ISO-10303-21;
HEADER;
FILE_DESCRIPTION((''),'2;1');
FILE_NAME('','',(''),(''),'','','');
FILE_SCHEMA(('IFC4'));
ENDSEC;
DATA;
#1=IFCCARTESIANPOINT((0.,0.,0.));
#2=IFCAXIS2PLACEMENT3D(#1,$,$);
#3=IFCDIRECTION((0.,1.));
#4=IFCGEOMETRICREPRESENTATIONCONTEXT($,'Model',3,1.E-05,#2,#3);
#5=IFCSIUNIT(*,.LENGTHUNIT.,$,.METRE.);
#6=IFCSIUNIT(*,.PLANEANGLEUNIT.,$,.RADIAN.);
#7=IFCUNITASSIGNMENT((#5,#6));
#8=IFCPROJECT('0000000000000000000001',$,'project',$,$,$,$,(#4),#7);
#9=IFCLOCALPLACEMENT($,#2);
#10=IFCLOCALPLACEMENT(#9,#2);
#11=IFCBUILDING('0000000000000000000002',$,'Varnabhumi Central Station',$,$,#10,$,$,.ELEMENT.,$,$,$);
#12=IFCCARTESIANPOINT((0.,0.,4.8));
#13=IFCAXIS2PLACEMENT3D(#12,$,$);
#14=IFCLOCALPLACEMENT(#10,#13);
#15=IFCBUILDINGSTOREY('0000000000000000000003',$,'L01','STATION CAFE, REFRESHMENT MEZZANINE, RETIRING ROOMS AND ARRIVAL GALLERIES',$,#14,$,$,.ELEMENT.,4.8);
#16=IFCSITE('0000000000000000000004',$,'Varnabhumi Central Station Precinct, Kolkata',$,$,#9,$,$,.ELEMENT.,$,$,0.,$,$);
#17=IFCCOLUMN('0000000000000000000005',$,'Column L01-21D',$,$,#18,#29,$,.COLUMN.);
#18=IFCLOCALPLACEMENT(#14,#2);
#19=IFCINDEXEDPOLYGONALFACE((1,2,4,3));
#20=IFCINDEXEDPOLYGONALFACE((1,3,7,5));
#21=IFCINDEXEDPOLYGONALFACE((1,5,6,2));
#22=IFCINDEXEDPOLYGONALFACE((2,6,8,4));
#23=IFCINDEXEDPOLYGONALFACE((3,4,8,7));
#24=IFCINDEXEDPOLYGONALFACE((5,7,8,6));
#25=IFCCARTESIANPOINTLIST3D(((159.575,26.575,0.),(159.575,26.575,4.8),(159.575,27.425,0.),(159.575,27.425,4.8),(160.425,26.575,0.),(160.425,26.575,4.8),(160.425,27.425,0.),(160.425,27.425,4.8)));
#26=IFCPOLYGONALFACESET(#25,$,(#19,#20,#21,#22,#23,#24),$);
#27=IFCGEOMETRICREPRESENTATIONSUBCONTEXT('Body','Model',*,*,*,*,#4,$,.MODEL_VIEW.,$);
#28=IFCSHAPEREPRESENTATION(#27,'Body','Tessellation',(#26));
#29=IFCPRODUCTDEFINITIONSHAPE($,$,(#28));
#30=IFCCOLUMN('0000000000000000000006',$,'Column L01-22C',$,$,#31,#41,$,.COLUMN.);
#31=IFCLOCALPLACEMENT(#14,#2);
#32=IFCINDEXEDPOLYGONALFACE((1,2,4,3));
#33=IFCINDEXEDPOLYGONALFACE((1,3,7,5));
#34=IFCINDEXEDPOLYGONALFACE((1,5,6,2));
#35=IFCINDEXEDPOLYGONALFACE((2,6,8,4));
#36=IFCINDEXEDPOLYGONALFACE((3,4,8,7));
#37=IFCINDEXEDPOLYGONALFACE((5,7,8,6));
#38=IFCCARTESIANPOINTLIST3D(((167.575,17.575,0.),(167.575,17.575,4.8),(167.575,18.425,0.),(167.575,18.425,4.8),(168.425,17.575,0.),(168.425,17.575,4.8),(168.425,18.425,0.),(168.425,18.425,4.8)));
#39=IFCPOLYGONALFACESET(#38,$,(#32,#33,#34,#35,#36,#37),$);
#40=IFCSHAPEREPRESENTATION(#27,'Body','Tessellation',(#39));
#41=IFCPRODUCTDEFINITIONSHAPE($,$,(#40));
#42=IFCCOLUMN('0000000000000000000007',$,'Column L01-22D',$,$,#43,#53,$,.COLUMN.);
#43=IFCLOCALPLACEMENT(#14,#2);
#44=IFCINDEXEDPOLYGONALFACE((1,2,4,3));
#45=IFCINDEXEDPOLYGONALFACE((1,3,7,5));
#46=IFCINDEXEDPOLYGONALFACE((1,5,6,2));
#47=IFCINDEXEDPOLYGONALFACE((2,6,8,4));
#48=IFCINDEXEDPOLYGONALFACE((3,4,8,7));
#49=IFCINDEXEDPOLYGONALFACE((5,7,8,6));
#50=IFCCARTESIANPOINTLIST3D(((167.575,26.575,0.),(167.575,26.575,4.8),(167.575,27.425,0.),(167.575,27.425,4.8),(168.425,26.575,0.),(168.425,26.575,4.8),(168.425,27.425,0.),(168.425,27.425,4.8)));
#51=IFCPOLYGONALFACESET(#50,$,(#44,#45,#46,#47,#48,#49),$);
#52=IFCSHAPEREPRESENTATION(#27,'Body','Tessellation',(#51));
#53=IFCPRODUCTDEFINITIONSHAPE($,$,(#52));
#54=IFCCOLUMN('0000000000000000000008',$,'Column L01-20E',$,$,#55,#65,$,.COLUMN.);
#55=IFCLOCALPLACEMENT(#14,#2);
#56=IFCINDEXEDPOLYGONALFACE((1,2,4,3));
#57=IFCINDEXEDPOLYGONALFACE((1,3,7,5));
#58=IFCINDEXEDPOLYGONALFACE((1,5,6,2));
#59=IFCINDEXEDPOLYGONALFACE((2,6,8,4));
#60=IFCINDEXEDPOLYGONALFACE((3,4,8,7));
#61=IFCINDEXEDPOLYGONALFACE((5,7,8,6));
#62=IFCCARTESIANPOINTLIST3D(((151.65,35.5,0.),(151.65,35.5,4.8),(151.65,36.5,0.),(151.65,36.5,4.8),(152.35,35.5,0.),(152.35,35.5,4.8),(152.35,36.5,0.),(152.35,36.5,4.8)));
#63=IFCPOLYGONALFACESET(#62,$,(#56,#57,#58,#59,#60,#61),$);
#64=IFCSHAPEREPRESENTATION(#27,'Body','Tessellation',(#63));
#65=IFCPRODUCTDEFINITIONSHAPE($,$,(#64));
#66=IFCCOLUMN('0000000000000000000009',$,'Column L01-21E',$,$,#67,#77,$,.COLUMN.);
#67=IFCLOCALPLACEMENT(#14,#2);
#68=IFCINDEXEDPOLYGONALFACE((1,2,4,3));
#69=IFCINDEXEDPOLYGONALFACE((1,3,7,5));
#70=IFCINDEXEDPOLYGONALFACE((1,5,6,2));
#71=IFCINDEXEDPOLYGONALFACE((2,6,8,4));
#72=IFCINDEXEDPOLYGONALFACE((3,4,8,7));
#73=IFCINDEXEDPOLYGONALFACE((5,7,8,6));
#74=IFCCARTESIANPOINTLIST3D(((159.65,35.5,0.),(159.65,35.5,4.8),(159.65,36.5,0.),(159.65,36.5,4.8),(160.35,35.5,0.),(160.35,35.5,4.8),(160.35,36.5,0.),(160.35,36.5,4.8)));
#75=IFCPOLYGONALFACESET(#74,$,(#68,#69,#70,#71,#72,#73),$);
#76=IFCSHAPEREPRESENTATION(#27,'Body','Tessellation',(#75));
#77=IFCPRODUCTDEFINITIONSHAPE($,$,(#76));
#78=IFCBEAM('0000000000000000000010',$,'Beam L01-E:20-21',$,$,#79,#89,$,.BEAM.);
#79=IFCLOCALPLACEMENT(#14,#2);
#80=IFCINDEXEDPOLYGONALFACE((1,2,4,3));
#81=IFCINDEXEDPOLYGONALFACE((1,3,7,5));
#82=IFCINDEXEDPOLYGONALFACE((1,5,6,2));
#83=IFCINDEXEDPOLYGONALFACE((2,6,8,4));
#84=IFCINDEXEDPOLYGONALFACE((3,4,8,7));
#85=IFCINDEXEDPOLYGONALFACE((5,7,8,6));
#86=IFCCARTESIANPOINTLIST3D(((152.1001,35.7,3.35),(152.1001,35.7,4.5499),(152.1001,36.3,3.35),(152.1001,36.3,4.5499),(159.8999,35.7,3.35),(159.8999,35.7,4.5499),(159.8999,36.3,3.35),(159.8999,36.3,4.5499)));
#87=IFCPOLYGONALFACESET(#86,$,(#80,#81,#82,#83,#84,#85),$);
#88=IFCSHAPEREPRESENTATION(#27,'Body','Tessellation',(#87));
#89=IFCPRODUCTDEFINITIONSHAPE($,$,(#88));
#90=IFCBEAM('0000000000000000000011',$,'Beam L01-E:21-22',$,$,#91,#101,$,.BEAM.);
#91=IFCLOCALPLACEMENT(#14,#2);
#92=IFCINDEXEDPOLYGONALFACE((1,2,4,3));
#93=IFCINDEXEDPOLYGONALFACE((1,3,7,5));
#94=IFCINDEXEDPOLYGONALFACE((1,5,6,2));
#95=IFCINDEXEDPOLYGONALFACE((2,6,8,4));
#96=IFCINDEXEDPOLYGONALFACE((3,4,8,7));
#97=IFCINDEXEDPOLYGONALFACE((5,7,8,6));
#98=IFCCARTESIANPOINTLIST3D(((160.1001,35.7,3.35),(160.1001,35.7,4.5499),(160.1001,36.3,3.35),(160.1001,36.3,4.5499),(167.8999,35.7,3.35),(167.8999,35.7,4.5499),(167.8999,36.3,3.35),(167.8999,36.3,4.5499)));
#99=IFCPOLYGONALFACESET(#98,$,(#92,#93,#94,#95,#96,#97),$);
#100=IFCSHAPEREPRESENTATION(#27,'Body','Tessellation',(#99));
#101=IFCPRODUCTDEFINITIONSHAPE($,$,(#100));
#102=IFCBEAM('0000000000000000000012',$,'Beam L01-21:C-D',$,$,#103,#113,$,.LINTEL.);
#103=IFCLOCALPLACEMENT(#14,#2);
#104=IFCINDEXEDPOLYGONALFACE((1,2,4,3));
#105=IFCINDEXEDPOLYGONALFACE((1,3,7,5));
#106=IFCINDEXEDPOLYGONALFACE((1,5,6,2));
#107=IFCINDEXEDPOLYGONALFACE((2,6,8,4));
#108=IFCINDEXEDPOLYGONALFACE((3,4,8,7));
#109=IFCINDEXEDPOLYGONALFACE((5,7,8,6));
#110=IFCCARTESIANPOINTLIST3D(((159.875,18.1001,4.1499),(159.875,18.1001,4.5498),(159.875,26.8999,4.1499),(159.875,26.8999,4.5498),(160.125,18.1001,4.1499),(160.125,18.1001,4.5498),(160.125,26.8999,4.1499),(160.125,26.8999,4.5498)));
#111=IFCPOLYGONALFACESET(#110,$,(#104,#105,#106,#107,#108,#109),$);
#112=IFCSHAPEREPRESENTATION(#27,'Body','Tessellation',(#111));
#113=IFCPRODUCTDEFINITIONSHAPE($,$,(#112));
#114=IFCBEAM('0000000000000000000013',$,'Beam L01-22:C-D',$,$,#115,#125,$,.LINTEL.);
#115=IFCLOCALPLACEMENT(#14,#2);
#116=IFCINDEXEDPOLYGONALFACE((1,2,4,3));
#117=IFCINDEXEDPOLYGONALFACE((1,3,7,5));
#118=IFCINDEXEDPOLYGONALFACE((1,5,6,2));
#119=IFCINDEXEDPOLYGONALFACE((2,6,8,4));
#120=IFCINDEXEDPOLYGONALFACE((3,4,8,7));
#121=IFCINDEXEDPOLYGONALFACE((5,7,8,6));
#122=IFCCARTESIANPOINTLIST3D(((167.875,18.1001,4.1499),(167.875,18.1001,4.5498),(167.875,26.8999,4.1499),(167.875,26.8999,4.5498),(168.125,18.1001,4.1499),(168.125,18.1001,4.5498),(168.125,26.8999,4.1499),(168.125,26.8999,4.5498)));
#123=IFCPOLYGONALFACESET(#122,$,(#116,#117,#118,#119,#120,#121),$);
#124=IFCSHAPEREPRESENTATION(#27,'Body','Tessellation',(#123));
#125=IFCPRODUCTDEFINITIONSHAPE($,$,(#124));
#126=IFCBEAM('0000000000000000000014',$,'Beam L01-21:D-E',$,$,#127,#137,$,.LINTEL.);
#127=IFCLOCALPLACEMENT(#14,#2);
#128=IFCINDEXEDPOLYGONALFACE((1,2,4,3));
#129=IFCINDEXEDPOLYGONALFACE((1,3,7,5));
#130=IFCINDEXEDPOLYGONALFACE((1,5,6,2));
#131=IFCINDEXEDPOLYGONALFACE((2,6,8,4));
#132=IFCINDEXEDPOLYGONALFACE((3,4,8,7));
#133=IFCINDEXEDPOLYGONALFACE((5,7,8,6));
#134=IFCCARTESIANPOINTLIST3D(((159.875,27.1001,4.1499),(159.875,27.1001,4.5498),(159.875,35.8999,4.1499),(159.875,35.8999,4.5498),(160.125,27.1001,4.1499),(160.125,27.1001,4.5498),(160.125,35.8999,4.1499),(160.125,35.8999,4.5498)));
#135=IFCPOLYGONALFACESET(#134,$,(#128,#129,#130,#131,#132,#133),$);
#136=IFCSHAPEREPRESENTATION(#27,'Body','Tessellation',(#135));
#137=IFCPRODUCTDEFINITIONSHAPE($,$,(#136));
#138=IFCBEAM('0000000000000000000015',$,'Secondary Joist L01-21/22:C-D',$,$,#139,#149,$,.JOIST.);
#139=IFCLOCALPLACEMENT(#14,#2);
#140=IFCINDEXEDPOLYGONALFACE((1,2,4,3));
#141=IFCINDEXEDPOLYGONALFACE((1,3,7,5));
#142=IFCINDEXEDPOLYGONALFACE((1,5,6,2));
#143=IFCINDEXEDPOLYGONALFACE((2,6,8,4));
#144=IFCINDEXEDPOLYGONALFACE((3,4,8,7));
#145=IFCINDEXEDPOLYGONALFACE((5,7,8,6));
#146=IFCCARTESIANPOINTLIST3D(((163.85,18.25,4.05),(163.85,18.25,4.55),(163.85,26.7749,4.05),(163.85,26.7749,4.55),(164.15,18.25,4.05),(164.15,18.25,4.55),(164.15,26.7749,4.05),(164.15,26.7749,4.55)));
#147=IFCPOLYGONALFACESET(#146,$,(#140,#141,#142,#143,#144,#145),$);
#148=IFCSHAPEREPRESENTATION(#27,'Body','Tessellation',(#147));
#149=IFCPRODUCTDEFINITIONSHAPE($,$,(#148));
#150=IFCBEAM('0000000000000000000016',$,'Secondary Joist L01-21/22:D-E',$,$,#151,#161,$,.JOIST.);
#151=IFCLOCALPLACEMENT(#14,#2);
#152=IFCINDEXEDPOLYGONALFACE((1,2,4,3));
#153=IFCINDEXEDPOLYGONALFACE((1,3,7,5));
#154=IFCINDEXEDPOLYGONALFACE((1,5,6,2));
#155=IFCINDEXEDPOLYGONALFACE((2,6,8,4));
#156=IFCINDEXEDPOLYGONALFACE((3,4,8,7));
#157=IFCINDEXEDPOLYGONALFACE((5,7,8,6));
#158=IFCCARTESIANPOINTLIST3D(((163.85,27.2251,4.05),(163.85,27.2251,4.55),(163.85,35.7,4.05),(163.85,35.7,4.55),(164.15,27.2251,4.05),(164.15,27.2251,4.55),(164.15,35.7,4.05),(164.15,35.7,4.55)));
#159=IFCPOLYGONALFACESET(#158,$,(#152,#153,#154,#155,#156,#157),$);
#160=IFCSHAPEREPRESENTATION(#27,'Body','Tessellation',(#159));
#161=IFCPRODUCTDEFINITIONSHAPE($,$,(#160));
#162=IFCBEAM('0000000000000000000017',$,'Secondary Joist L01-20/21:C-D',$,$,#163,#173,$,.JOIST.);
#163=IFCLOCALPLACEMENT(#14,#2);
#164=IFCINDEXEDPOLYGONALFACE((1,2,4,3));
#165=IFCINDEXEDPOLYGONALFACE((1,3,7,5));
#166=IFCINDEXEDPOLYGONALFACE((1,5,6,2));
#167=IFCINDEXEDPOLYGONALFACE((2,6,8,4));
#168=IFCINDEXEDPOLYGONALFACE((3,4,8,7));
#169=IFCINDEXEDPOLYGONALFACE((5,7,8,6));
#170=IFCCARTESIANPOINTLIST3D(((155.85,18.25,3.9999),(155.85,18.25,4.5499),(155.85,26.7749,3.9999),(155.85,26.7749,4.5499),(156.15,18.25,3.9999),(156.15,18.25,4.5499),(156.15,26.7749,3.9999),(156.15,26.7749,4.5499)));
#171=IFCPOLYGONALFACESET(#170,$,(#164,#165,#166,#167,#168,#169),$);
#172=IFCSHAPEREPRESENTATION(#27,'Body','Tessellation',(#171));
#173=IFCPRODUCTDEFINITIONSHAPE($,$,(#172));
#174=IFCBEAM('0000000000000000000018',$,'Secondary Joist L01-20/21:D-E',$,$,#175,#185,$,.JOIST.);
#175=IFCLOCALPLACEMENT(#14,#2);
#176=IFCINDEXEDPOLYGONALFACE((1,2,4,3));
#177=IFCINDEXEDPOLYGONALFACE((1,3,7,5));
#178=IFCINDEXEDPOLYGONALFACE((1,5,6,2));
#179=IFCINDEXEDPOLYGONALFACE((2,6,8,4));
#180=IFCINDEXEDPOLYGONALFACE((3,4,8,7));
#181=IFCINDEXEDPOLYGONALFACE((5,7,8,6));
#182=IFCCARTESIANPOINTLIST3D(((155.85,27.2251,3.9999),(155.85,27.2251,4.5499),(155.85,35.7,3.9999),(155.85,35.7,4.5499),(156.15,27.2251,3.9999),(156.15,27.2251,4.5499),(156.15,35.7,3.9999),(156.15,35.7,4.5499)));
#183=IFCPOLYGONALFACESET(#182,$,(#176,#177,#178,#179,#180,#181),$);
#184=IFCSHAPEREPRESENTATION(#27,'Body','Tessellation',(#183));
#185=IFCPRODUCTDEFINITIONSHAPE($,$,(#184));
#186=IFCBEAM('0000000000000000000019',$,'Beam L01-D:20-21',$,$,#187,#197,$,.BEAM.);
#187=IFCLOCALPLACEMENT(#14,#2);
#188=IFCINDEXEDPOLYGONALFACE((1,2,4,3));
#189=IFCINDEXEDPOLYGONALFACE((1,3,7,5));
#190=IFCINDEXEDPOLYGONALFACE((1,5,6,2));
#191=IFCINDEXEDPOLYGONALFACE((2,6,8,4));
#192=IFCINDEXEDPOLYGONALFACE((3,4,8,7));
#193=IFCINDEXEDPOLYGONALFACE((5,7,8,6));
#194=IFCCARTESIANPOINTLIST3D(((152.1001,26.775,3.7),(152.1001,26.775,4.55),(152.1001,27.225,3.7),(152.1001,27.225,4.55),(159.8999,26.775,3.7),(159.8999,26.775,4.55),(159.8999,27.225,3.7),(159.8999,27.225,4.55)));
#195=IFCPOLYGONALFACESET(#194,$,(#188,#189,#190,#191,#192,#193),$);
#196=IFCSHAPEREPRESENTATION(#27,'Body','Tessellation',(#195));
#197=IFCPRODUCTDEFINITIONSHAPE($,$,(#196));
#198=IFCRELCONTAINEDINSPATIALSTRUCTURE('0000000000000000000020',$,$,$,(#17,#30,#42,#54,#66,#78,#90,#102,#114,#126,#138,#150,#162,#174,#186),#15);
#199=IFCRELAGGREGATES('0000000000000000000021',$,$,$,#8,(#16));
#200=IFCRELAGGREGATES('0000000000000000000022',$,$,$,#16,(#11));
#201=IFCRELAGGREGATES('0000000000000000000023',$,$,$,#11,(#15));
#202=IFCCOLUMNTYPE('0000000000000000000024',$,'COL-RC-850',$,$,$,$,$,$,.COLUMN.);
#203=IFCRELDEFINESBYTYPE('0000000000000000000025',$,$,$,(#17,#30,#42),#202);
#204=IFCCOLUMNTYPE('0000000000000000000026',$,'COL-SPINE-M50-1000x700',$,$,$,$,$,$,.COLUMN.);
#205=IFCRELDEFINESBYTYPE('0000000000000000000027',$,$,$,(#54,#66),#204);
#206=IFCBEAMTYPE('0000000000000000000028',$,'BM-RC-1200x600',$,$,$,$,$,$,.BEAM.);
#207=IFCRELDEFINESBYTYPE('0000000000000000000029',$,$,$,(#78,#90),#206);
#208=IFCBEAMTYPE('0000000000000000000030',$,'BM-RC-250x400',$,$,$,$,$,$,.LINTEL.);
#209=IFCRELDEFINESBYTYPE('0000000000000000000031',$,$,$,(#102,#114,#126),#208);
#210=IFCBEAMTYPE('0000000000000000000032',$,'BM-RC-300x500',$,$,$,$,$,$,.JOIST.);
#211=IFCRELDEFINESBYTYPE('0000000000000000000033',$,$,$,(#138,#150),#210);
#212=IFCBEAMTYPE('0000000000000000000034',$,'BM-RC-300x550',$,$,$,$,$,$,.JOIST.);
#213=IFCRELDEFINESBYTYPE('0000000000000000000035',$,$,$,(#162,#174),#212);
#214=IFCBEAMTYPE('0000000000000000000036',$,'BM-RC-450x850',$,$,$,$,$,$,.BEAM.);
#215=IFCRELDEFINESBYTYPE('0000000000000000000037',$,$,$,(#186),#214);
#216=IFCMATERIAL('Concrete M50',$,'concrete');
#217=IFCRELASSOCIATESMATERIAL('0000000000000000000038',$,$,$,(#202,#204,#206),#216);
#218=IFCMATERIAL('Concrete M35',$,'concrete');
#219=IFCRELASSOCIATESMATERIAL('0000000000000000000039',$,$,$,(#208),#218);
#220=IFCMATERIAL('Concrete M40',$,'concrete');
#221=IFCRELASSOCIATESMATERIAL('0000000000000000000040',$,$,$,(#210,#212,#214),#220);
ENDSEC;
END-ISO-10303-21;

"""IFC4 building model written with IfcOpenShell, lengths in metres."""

from ifc_helpers import new_model, si_unit, direction, frame, origin, origin_2d, place, context, subcontext, project, spatial, rectangle, extrude, material, material_profile, profile_set, type_object, element, save


model = new_model("IFC4")

# Units and contexts
model_context = context("Model", 3, precision=1e-05, world=origin(), true_north=direction((0.0, 1.0)))
body_context = subcontext(model_context, "Body", "Model", "MODEL_VIEW")
ifc_project = project(units=[si_unit("LENGTHUNIT", "METRE"), si_unit("PLANEANGLEUNIT", "RADIAN")], contexts=[model_context])

# Site, building, storey
site_placement = place(None, origin())
site = spatial("IfcSite", under=ifc_project, at=site_placement, Name="Varnabhumi Central Station Precinct, Kolkata", CompositionType="ELEMENT", RefElevation=0.0)
building_placement = place(site_placement, origin())
building = spatial("IfcBuilding", under=site, at=building_placement, Name="Varnabhumi Central Station", CompositionType="ELEMENT")
storey_placement = place(building_placement, frame((0.0, 0.0, 4.8)))
storey = spatial("IfcBuildingStorey", under=building, at=storey_placement, Name="L01", Description="STATION CAFE, REFRESHMENT MEZZANINE, RETIRING ROOMS AND ARRIVAL GALLERIES", CompositionType="ELEMENT", Elevation=4.8)

# Columns
ifc_material_1 = material(Name="Concrete M50", Category="concrete")
ifc_material_profile_1 = material_profile(ifc_material_1, rectangle(XDim=0.8501, YDim=0.8501, at=origin_2d()), Name="Concrete M50", Category="concrete")
ifc_profile_set_1 = profile_set([ifc_material_profile_1], Name="Concrete M50")
column_type_1 = type_object("IfcColumnType", Name="COL-RC-850", PredefinedType="COLUMN", material=ifc_profile_set_1)
for number, where, z_axis, x_axis, name in (
    (1, (160.0, 27.0, 0.0), (0.0, 0.0, 1.0), (1.0, 0.0, 0.0), "Column L01-21D"),
    (2, (168.0, 18.0, 0.0), (0.0, 0.0, 1.0), (1.0, 0.0, 0.0), "Column L01-22C"),
    (3, (168.0, 27.0, 0.0), (0.0, 0.0, 1.0), (1.0, 0.0, 0.0), "Column L01-22D"),
):
    element("IfcColumn", number, at=place(storey_placement, frame(where, z_axis=z_axis, x_axis=x_axis)), inside=storey, type_object=column_type_1, Name=name, PredefinedType="COLUMN", context=body_context, shape_type="SweptSolid", body=[
        extrude(rectangle(XDim=0.8501, YDim=0.8501, at=origin_2d()), origin(), (0.0, 0.0, 1.0), 4.8),
    ])
ifc_material_profile_2 = material_profile(ifc_material_1, rectangle(XDim=0.7, YDim=1.0, at=origin_2d()), Name="Concrete M50", Category="concrete")
ifc_profile_set_2 = profile_set([ifc_material_profile_2], Name="Concrete M50")
column_type_2 = type_object("IfcColumnType", Name="COL-SPINE-M50-1000x700", PredefinedType="COLUMN", material=ifc_profile_set_2)
for number, where, z_axis, x_axis, name in (
    (4, (152.0, 36.0, 0.0), (0.0, 0.0, 1.0), (1.0, 0.0, 0.0), "Column L01-20E"),
    (5, (160.0, 36.0, 0.0), (0.0, 0.0, 1.0), (1.0, 0.0, 0.0), "Column L01-21E"),
):
    element("IfcColumn", number, at=place(storey_placement, frame(where, z_axis=z_axis, x_axis=x_axis)), inside=storey, type_object=column_type_2, Name=name, PredefinedType="COLUMN", context=body_context, shape_type="SweptSolid", body=[
        extrude(rectangle(XDim=0.7, YDim=1.0, at=origin_2d()), origin(), (0.0, 0.0, 1.0), 4.8),
    ])

# Beams
ifc_material_profile_3 = material_profile(ifc_material_1, rectangle(XDim=0.6001, YDim=1.2, at=origin_2d()), Name="Concrete M50", Category="concrete")
ifc_profile_set_3 = profile_set([ifc_material_profile_3], Name="Concrete M50")
beam_type_1 = type_object("IfcBeamType", Name="BM-RC-1200x600", PredefinedType="BEAM", material=ifc_profile_set_3)
for number, where, z_axis, x_axis, name in (
    (6, (152.1001, 36.0, 3.95), (1.0, 0.0, 0.0), (0.0, 1.0, 0.0), "Beam L01-E:20-21"),
    (7, (160.1001, 36.0, 3.95), (1.0, 0.0, 0.0), (0.0, 1.0, 0.0), "Beam L01-E:21-22"),
):
    element("IfcBeam", number, at=place(storey_placement, frame(where, z_axis=z_axis, x_axis=x_axis)), inside=storey, type_object=beam_type_1, Name=name, PredefinedType="BEAM", context=body_context, shape_type="SweptSolid", body=[
        extrude(rectangle(XDim=0.6001, YDim=1.2, at=origin_2d()), origin(), (0.0, 0.0, 1.0), 7.7998),
    ])
ifc_material_2 = material(Name="Concrete M35", Category="concrete")
ifc_material_profile_4 = material_profile(ifc_material_2, rectangle(XDim=0.25, YDim=0.3999, at=origin_2d()), Name="Concrete M35", Category="concrete")
ifc_profile_set_4 = profile_set([ifc_material_profile_4], Name="Concrete M35")
beam_type_2 = type_object("IfcBeamType", Name="BM-RC-250x400", PredefinedType="LINTEL", material=ifc_profile_set_4)
for number, where, z_axis, x_axis, name in (
    (8, (160.0, 18.1001, 4.3499), (0.0, 1.0, 0.0), (-1.0, 0.0, 0.0), "Beam L01-21:C-D"),
    (9, (168.0, 18.1001, 4.3499), (0.0, 1.0, 0.0), (-1.0, 0.0, 0.0), "Beam L01-22:C-D"),
    (10, (160.0, 27.1001, 4.3499), (0.0, 1.0, 0.0), (-1.0, 0.0, 0.0), "Beam L01-21:D-E"),
):
    element("IfcBeam", number, at=place(storey_placement, frame(where, z_axis=z_axis, x_axis=x_axis)), inside=storey, type_object=beam_type_2, Name=name, PredefinedType="LINTEL", context=body_context, shape_type="SweptSolid", body=[
        extrude(rectangle(XDim=0.25, YDim=0.3999, at=origin_2d()), origin(), (0.0, 0.0, 1.0), 8.7998),
    ])
ifc_material_3 = material(Name="Concrete M40", Category="concrete")
ifc_material_profile_5 = material_profile(ifc_material_3, rectangle(XDim=0.3, YDim=0.5, at=origin_2d()), Name="Concrete M40", Category="concrete")
ifc_profile_set_5 = profile_set([ifc_material_profile_5], Name="Concrete M40")
beam_type_3 = type_object("IfcBeamType", Name="BM-RC-300x500", PredefinedType="JOIST", material=ifc_profile_set_5)
beam_1_placement = place(storey_placement, frame((164.0, 18.25, 4.3), z_axis=(0.0, 1.0, 0.0), x_axis=(-1.0, 0.0, 0.0)))
element("IfcBeam", 11, at=beam_1_placement, inside=storey, type_object=beam_type_3, Name="Secondary Joist L01-21/22:C-D", PredefinedType="JOIST", context=body_context, shape_type="SweptSolid", body=[
    extrude(rectangle(XDim=0.3, YDim=0.5, at=origin_2d()), origin(), (0.0, 0.0, 1.0), 8.5249),
])
beam_2_placement = place(storey_placement, frame((164.0, 27.2251, 4.3), z_axis=(0.0, 1.0, 0.0), x_axis=(-1.0, 0.0, 0.0)))
element("IfcBeam", 12, at=beam_2_placement, inside=storey, type_object=beam_type_3, Name="Secondary Joist L01-21/22:D-E", PredefinedType="JOIST", context=body_context, shape_type="SweptSolid", body=[
    extrude(rectangle(XDim=0.3, YDim=0.5, at=origin_2d()), origin(), (0.0, 0.0, 1.0), 8.4749),
])
ifc_material_profile_6 = material_profile(ifc_material_3, rectangle(XDim=0.3, YDim=0.55, at=origin_2d()), Name="Concrete M40", Category="concrete")
ifc_profile_set_6 = profile_set([ifc_material_profile_6], Name="Concrete M40")
beam_type_4 = type_object("IfcBeamType", Name="BM-RC-300x550", PredefinedType="JOIST", material=ifc_profile_set_6)
beam_3_placement = place(storey_placement, frame((156.0, 18.25, 4.2749), z_axis=(0.0, 1.0, 0.0), x_axis=(-1.0, 0.0, 0.0)))
element("IfcBeam", 13, at=beam_3_placement, inside=storey, type_object=beam_type_4, Name="Secondary Joist L01-20/21:C-D", PredefinedType="JOIST", context=body_context, shape_type="SweptSolid", body=[
    extrude(rectangle(XDim=0.3, YDim=0.55, at=origin_2d()), origin(), (0.0, 0.0, 1.0), 8.5249),
])
beam_4_placement = place(storey_placement, frame((156.0, 27.2251, 4.2749), z_axis=(0.0, 1.0, 0.0), x_axis=(-1.0, 0.0, 0.0)))
element("IfcBeam", 14, at=beam_4_placement, inside=storey, type_object=beam_type_4, Name="Secondary Joist L01-20/21:D-E", PredefinedType="JOIST", context=body_context, shape_type="SweptSolid", body=[
    extrude(rectangle(XDim=0.3, YDim=0.55, at=origin_2d()), origin(), (0.0, 0.0, 1.0), 8.4749),
])
ifc_material_profile_7 = material_profile(ifc_material_3, rectangle(XDim=0.45, YDim=0.8501, at=origin_2d()), Name="Concrete M40", Category="concrete")
ifc_profile_set_7 = profile_set([ifc_material_profile_7], Name="Concrete M40")
beam_type_5 = type_object("IfcBeamType", Name="BM-RC-450x850", PredefinedType="BEAM", material=ifc_profile_set_7)
for number, where, z_axis, x_axis, name in (
    (15, (152.1001, 27.0, 4.125), (1.0, 0.0, 0.0), (0.0, 1.0, 0.0), "Beam L01-D:20-21"),
):
    element("IfcBeam", number, at=place(storey_placement, frame(where, z_axis=z_axis, x_axis=x_axis)), inside=storey, type_object=beam_type_5, Name=name, PredefinedType="BEAM", context=body_context, shape_type="SweptSolid", body=[
        extrude(rectangle(XDim=0.45, YDim=0.8501, at=origin_2d()), origin(), (0.0, 0.0, 1.0), 7.7998),
    ])

save(model, "model.ifc")
